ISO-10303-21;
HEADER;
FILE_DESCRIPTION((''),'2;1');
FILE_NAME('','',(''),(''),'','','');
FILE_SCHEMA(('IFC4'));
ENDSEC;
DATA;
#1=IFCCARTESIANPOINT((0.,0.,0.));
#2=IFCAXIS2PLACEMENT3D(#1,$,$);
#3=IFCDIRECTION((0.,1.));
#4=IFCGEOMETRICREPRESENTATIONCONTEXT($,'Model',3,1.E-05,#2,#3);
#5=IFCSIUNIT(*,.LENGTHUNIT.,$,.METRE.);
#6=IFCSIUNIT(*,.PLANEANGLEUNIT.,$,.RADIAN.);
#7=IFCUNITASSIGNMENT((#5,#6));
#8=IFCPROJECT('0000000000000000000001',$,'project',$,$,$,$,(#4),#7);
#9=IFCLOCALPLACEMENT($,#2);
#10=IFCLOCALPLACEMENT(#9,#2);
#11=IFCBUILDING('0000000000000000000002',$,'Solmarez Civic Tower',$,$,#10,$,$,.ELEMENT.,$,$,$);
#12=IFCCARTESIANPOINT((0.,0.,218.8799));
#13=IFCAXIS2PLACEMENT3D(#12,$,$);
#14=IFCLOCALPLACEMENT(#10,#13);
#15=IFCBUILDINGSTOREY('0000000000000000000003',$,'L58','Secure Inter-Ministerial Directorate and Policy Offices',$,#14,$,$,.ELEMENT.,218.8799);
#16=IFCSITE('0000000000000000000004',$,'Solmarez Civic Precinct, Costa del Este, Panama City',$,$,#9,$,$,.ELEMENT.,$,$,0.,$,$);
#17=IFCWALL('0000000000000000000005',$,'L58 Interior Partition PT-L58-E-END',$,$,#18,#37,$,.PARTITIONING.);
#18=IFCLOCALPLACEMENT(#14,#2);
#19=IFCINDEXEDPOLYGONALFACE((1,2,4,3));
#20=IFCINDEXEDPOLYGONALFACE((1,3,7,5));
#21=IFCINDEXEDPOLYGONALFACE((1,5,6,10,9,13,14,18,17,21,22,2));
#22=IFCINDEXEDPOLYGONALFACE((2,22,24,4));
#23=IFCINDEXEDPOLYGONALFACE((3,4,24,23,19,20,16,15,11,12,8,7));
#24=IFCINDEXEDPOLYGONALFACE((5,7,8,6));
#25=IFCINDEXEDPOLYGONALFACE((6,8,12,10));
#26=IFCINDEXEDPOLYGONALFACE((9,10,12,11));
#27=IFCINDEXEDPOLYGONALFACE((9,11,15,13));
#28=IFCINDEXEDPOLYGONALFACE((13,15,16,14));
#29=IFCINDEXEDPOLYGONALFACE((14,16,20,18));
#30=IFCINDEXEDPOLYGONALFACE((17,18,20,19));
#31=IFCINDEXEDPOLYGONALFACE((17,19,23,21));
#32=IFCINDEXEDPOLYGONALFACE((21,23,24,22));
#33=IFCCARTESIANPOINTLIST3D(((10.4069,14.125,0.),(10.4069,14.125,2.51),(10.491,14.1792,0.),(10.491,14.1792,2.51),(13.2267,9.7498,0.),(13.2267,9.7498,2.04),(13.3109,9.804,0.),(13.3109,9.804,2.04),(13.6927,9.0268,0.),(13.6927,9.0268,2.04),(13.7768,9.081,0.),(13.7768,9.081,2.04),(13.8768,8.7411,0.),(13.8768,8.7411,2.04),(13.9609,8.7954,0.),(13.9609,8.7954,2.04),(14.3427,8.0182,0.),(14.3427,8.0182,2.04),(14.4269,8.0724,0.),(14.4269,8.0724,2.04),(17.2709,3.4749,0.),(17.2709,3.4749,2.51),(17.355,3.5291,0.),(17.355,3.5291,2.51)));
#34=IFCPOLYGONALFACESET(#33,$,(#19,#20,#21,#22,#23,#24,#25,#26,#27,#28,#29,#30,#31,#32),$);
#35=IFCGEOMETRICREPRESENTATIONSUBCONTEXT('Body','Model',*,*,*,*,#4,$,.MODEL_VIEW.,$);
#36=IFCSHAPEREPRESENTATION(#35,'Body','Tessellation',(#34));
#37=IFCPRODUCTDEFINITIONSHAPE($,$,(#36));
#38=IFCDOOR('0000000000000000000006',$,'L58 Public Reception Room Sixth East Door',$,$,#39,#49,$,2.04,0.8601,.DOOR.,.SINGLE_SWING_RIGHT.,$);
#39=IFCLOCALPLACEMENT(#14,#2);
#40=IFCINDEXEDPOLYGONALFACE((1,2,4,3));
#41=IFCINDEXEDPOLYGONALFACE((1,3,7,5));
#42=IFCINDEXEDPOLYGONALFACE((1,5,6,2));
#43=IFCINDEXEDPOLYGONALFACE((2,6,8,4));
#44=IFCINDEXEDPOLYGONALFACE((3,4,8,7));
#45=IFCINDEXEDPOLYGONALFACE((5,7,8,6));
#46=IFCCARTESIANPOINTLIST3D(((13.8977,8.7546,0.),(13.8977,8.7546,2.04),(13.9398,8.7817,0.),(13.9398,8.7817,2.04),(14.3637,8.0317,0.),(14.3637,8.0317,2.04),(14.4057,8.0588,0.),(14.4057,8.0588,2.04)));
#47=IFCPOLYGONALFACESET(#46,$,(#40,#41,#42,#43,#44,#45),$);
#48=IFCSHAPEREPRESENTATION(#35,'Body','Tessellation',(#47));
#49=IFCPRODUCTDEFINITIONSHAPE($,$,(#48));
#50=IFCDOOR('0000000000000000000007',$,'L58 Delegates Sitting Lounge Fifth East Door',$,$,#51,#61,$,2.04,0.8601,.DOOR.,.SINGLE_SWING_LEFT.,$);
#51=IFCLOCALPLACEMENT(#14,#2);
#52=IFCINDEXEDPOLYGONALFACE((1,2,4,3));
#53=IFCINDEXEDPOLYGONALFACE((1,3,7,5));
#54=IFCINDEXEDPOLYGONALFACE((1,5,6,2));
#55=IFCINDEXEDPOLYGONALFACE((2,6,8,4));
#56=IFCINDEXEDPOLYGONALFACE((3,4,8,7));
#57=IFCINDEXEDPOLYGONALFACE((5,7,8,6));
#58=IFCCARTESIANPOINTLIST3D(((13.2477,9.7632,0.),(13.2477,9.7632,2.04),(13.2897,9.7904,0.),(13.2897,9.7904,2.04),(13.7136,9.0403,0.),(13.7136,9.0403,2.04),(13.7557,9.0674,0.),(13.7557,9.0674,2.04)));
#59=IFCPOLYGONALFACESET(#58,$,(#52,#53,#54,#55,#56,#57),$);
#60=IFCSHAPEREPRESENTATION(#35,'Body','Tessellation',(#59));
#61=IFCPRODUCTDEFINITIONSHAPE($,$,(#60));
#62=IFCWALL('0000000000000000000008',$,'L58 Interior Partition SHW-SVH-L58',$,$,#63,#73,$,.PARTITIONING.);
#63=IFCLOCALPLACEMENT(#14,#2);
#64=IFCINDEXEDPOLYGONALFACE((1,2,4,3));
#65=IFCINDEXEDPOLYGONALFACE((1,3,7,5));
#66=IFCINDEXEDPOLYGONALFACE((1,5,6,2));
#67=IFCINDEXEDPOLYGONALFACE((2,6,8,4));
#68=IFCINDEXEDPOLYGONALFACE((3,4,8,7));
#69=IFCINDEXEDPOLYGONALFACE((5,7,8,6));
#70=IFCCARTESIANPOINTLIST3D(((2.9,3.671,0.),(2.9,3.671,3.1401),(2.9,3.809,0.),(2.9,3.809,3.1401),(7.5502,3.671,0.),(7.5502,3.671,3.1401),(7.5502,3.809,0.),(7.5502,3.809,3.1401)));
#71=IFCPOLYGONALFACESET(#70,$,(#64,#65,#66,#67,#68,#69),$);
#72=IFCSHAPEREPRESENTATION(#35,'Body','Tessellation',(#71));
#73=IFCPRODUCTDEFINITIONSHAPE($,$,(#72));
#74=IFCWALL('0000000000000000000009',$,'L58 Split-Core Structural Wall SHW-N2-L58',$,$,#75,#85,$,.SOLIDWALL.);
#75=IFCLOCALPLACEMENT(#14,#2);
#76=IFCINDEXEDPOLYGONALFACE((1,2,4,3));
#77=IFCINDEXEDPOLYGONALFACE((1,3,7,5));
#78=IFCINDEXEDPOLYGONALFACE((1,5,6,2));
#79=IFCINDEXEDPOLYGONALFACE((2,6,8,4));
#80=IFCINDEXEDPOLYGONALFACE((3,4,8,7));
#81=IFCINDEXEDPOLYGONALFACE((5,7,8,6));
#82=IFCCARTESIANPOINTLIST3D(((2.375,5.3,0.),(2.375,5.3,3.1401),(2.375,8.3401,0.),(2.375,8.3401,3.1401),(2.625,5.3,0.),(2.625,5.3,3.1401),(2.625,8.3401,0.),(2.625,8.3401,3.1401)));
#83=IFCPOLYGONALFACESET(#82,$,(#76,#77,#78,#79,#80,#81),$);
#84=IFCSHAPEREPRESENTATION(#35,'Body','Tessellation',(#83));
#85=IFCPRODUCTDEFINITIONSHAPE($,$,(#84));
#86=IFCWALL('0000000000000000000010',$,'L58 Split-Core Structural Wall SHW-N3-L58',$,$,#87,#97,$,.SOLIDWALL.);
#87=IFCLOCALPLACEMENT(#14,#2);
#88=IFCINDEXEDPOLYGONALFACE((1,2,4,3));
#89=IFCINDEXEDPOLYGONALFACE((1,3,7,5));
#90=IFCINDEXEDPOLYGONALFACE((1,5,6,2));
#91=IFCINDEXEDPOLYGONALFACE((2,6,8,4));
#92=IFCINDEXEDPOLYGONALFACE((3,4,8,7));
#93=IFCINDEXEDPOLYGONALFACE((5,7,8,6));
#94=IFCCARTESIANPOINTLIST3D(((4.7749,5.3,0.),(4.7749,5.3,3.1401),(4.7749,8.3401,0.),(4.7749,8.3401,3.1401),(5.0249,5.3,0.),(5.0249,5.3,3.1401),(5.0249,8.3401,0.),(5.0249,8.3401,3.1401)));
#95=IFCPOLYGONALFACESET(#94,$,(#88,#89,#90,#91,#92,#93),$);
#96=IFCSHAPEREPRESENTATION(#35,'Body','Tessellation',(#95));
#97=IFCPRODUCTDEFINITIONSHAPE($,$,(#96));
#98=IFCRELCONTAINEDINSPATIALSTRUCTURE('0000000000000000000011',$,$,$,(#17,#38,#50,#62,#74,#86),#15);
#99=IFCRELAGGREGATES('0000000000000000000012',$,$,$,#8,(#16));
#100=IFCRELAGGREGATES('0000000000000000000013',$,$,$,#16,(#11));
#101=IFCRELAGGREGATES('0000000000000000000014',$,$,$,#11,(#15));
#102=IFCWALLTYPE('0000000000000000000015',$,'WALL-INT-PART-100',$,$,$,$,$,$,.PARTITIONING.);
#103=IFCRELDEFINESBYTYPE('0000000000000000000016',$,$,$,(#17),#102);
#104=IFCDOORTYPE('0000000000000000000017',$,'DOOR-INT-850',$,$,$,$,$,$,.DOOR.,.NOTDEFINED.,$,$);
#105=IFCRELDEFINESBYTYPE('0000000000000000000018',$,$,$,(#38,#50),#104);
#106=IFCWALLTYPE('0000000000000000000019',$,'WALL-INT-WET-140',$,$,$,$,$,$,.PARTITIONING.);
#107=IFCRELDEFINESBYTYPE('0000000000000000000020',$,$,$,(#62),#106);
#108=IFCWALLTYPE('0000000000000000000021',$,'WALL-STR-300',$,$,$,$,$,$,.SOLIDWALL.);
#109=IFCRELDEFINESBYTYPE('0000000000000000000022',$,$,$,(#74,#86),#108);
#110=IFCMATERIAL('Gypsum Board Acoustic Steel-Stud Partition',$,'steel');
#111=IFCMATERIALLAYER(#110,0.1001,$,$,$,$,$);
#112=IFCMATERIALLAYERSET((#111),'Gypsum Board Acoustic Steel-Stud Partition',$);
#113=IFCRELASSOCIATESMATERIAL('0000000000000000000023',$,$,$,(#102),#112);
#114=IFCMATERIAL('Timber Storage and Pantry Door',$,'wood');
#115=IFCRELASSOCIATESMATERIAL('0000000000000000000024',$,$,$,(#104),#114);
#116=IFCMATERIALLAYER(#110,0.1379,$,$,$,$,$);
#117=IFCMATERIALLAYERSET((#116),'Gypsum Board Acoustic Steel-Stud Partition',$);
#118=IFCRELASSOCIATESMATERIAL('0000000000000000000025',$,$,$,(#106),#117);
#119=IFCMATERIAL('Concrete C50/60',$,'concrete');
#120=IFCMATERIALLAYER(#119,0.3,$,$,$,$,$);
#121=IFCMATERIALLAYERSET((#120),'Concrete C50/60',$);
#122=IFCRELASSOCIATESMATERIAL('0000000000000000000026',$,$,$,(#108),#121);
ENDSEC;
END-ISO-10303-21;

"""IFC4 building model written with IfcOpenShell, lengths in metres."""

from ifc_helpers import new_model, si_unit, direction, frame, frame_2d, origin, place, context, subcontext, project, spatial, rectangle, extrude, material, layer, layer_set, type_object, element, fill, save


model = new_model("IFC4")

# Units and contexts
model_context = context("Model", 3, precision=1e-05, world=origin(), true_north=direction((0.0, 1.0)))
body_context = subcontext(model_context, "Body", "Model", "MODEL_VIEW")
ifc_project = project(units=[si_unit("LENGTHUNIT", "METRE"), si_unit("PLANEANGLEUNIT", "RADIAN")], contexts=[model_context])

# Site, building, storey
site_placement = place(None, origin())
site = spatial("IfcSite", under=ifc_project, at=site_placement, Name="Solmarez Civic Precinct, Costa del Este, Panama City", CompositionType="ELEMENT", RefElevation=0.0)
building_placement = place(site_placement, origin())
building = spatial("IfcBuilding", under=site, at=building_placement, Name="Solmarez Civic Tower", CompositionType="ELEMENT")
storey_placement = place(building_placement, frame((0.0, 0.0, 218.8799)))
storey = spatial("IfcBuildingStorey", under=building, at=storey_placement, Name="L58", Description="Secure Inter-Ministerial Directorate and Policy Offices", CompositionType="ELEMENT", Elevation=218.8799)

# Shared definitions
ifc_material_1 = material(Name="Concrete C50/60", Category="concrete")

# Shared definitions
ifc_material_2 = material(Name="Gypsum Board Acoustic Steel-Stud Partition", Category="steel")
ifc_layer_1 = layer(ifc_material_2, 0.1001)
ifc_layer_set_1 = layer_set([ifc_layer_1], Name="Gypsum Board Acoustic Steel-Stud Partition")
wall_type_1 = type_object("IfcWallType", Name="WALL-INT-PART-100", PredefinedType="PARTITIONING", material=ifc_layer_set_1)

# Wall, openings, doors
wall_1_placement = place(storey_placement, frame((10.449, 14.1521, 0.0), z_axis=(0.0, 0.0, 1.0), x_axis=(0.541734, -0.84055, 0.0)))
wall_1 = element("IfcWall", 1, at=wall_1_placement, inside=storey, type_object=wall_type_1, Name="L58 Interior Partition PT-L58-E-END", PredefinedType="PARTITIONING", context=body_context, shape_type="SweptSolid", body=[
    extrude(rectangle(XDim=12.6704, YDim=0.1001, at=frame_2d((6.3352, 0.0))), origin(), (0.0, 0.0, 1.0), 2.51),
])
opening_1_placement = place(wall_1_placement, frame((6.405, 0.0, 0.0)))
opening_1 = element("IfcOpeningElement", 2, at=opening_1_placement, cuts=wall_1, PredefinedType="OPENING", context=body_context, shape_type="SweptSolid", body=[
    extrude(rectangle(XDim=0.8601, YDim=2.04, at=frame_2d((0.4302, 1.02))), frame((0.0, 0.0601, 0.0), z_axis=(0.0, -1.0, 0.0), x_axis=(1.0, 0.0, 0.0)), (0.0, 0.0, 1.0), 0.1201),
])
opening_2_placement = place(wall_1_placement, frame((5.2051, 0.0, 0.0)))
opening_2 = element("IfcOpeningElement", 3, at=opening_2_placement, cuts=wall_1, PredefinedType="OPENING", context=body_context, shape_type="SweptSolid", body=[
    extrude(rectangle(XDim=0.8601, YDim=2.04, at=frame_2d((0.4302, 1.02))), frame((0.0, 0.0601, 0.0), z_axis=(0.0, -1.0, 0.0), x_axis=(1.0, 0.0, 0.0)), (0.0, 0.0, 1.0), 0.1201),
])
ifc_material_3 = material(Name="Timber Storage and Pantry Door", Category="wood")
door_type_1 = type_object("IfcDoorType", Name="DOOR-INT-850", OperationType="NOTDEFINED", PredefinedType="DOOR", material=ifc_material_3)
door_1_placement = place(opening_1_placement, origin())
door_1 = element("IfcDoor", 4, at=door_1_placement, inside=storey, type_object=door_type_1, Name="L58 Public Reception Room Sixth East Door", OperationType="SINGLE_SWING_RIGHT", OverallHeight=2.04, OverallWidth=0.8601, PredefinedType="DOOR", context=body_context, shape_type="SweptSolid", body=[
    extrude(rectangle(XDim=0.8601, YDim=2.04, at=frame_2d((0.4302, 1.02))), frame((0.0, 0.0249, 0.0), z_axis=(0.0, -1.0, 0.0), x_axis=(1.0, 0.0, 0.0)), (0.0, 0.0, 1.0), 0.05),
])
fill(opening_1, door_1)
door_2_placement = place(opening_2_placement, origin())
door_2 = element("IfcDoor", 5, at=door_2_placement, inside=storey, type_object=door_type_1, Name="L58 Delegates Sitting Lounge Fifth East Door", OperationType="SINGLE_SWING_LEFT", OverallHeight=2.04, OverallWidth=0.8601, PredefinedType="DOOR", context=body_context, shape_type="SweptSolid", body=[
    extrude(rectangle(XDim=0.8601, YDim=2.04, at=frame_2d((0.4302, 1.02))), frame((0.0, 0.0249, 0.0), z_axis=(0.0, -1.0, 0.0), x_axis=(1.0, 0.0, 0.0)), (0.0, 0.0, 1.0), 0.05),
])
fill(opening_2, door_2)

# Wall
ifc_layer_2 = layer(ifc_material_2, 0.1379)
ifc_layer_set_2 = layer_set([ifc_layer_2], Name="Gypsum Board Acoustic Steel-Stud Partition")
wall_type_2 = type_object("IfcWallType", Name="WALL-INT-WET-140", PredefinedType="PARTITIONING", material=ifc_layer_set_2)
wall_2_placement = place(storey_placement, frame((2.8999, 3.74, 0.0), z_axis=(0.0, 0.0, 1.0), x_axis=(1.0, 0.0, 0.0)))
element("IfcWall", 6, at=wall_2_placement, inside=storey, type_object=wall_type_2, Name="L58 Interior Partition SHW-SVH-L58", PredefinedType="PARTITIONING", context=body_context, shape_type="SweptSolid", body=[
    extrude(rectangle(XDim=4.6501, YDim=0.1379, at=frame_2d((2.3252, 0.0))), origin(), (0.0, 0.0, 1.0), 3.1401),
])

# Shared definitions
ifc_layer_3 = layer(ifc_material_1, 0.3)
ifc_layer_set_3 = layer_set([ifc_layer_3], Name="Concrete C50/60")
wall_type_3 = type_object("IfcWallType", Name="WALL-STR-300", PredefinedType="SOLIDWALL", material=ifc_layer_set_3)

# Walls
for number, where, z_axis, x_axis, name in (
    (7, (2.5, 5.3, 0.0), (0.0, 0.0, 1.0), (0.0, 1.0, 0.0), "L58 Split-Core Structural Wall SHW-N2-L58"),
    (8, (4.8999, 5.3, 0.0), (0.0, 0.0, 1.0), (0.0, 1.0, 0.0), "L58 Split-Core Structural Wall SHW-N3-L58"),
):
    element("IfcWall", number, at=place(storey_placement, frame(where, z_axis=z_axis, x_axis=x_axis)), inside=storey, type_object=wall_type_3, Name=name, PredefinedType="SOLIDWALL", context=body_context, shape_type="SweptSolid", body=[
        extrude(rectangle(XDim=3.04, YDim=0.25, at=frame_2d((1.52, 0.0))), origin(), (0.0, 0.0, 1.0), 3.1401),
    ])

save(model, "model.ifc")
